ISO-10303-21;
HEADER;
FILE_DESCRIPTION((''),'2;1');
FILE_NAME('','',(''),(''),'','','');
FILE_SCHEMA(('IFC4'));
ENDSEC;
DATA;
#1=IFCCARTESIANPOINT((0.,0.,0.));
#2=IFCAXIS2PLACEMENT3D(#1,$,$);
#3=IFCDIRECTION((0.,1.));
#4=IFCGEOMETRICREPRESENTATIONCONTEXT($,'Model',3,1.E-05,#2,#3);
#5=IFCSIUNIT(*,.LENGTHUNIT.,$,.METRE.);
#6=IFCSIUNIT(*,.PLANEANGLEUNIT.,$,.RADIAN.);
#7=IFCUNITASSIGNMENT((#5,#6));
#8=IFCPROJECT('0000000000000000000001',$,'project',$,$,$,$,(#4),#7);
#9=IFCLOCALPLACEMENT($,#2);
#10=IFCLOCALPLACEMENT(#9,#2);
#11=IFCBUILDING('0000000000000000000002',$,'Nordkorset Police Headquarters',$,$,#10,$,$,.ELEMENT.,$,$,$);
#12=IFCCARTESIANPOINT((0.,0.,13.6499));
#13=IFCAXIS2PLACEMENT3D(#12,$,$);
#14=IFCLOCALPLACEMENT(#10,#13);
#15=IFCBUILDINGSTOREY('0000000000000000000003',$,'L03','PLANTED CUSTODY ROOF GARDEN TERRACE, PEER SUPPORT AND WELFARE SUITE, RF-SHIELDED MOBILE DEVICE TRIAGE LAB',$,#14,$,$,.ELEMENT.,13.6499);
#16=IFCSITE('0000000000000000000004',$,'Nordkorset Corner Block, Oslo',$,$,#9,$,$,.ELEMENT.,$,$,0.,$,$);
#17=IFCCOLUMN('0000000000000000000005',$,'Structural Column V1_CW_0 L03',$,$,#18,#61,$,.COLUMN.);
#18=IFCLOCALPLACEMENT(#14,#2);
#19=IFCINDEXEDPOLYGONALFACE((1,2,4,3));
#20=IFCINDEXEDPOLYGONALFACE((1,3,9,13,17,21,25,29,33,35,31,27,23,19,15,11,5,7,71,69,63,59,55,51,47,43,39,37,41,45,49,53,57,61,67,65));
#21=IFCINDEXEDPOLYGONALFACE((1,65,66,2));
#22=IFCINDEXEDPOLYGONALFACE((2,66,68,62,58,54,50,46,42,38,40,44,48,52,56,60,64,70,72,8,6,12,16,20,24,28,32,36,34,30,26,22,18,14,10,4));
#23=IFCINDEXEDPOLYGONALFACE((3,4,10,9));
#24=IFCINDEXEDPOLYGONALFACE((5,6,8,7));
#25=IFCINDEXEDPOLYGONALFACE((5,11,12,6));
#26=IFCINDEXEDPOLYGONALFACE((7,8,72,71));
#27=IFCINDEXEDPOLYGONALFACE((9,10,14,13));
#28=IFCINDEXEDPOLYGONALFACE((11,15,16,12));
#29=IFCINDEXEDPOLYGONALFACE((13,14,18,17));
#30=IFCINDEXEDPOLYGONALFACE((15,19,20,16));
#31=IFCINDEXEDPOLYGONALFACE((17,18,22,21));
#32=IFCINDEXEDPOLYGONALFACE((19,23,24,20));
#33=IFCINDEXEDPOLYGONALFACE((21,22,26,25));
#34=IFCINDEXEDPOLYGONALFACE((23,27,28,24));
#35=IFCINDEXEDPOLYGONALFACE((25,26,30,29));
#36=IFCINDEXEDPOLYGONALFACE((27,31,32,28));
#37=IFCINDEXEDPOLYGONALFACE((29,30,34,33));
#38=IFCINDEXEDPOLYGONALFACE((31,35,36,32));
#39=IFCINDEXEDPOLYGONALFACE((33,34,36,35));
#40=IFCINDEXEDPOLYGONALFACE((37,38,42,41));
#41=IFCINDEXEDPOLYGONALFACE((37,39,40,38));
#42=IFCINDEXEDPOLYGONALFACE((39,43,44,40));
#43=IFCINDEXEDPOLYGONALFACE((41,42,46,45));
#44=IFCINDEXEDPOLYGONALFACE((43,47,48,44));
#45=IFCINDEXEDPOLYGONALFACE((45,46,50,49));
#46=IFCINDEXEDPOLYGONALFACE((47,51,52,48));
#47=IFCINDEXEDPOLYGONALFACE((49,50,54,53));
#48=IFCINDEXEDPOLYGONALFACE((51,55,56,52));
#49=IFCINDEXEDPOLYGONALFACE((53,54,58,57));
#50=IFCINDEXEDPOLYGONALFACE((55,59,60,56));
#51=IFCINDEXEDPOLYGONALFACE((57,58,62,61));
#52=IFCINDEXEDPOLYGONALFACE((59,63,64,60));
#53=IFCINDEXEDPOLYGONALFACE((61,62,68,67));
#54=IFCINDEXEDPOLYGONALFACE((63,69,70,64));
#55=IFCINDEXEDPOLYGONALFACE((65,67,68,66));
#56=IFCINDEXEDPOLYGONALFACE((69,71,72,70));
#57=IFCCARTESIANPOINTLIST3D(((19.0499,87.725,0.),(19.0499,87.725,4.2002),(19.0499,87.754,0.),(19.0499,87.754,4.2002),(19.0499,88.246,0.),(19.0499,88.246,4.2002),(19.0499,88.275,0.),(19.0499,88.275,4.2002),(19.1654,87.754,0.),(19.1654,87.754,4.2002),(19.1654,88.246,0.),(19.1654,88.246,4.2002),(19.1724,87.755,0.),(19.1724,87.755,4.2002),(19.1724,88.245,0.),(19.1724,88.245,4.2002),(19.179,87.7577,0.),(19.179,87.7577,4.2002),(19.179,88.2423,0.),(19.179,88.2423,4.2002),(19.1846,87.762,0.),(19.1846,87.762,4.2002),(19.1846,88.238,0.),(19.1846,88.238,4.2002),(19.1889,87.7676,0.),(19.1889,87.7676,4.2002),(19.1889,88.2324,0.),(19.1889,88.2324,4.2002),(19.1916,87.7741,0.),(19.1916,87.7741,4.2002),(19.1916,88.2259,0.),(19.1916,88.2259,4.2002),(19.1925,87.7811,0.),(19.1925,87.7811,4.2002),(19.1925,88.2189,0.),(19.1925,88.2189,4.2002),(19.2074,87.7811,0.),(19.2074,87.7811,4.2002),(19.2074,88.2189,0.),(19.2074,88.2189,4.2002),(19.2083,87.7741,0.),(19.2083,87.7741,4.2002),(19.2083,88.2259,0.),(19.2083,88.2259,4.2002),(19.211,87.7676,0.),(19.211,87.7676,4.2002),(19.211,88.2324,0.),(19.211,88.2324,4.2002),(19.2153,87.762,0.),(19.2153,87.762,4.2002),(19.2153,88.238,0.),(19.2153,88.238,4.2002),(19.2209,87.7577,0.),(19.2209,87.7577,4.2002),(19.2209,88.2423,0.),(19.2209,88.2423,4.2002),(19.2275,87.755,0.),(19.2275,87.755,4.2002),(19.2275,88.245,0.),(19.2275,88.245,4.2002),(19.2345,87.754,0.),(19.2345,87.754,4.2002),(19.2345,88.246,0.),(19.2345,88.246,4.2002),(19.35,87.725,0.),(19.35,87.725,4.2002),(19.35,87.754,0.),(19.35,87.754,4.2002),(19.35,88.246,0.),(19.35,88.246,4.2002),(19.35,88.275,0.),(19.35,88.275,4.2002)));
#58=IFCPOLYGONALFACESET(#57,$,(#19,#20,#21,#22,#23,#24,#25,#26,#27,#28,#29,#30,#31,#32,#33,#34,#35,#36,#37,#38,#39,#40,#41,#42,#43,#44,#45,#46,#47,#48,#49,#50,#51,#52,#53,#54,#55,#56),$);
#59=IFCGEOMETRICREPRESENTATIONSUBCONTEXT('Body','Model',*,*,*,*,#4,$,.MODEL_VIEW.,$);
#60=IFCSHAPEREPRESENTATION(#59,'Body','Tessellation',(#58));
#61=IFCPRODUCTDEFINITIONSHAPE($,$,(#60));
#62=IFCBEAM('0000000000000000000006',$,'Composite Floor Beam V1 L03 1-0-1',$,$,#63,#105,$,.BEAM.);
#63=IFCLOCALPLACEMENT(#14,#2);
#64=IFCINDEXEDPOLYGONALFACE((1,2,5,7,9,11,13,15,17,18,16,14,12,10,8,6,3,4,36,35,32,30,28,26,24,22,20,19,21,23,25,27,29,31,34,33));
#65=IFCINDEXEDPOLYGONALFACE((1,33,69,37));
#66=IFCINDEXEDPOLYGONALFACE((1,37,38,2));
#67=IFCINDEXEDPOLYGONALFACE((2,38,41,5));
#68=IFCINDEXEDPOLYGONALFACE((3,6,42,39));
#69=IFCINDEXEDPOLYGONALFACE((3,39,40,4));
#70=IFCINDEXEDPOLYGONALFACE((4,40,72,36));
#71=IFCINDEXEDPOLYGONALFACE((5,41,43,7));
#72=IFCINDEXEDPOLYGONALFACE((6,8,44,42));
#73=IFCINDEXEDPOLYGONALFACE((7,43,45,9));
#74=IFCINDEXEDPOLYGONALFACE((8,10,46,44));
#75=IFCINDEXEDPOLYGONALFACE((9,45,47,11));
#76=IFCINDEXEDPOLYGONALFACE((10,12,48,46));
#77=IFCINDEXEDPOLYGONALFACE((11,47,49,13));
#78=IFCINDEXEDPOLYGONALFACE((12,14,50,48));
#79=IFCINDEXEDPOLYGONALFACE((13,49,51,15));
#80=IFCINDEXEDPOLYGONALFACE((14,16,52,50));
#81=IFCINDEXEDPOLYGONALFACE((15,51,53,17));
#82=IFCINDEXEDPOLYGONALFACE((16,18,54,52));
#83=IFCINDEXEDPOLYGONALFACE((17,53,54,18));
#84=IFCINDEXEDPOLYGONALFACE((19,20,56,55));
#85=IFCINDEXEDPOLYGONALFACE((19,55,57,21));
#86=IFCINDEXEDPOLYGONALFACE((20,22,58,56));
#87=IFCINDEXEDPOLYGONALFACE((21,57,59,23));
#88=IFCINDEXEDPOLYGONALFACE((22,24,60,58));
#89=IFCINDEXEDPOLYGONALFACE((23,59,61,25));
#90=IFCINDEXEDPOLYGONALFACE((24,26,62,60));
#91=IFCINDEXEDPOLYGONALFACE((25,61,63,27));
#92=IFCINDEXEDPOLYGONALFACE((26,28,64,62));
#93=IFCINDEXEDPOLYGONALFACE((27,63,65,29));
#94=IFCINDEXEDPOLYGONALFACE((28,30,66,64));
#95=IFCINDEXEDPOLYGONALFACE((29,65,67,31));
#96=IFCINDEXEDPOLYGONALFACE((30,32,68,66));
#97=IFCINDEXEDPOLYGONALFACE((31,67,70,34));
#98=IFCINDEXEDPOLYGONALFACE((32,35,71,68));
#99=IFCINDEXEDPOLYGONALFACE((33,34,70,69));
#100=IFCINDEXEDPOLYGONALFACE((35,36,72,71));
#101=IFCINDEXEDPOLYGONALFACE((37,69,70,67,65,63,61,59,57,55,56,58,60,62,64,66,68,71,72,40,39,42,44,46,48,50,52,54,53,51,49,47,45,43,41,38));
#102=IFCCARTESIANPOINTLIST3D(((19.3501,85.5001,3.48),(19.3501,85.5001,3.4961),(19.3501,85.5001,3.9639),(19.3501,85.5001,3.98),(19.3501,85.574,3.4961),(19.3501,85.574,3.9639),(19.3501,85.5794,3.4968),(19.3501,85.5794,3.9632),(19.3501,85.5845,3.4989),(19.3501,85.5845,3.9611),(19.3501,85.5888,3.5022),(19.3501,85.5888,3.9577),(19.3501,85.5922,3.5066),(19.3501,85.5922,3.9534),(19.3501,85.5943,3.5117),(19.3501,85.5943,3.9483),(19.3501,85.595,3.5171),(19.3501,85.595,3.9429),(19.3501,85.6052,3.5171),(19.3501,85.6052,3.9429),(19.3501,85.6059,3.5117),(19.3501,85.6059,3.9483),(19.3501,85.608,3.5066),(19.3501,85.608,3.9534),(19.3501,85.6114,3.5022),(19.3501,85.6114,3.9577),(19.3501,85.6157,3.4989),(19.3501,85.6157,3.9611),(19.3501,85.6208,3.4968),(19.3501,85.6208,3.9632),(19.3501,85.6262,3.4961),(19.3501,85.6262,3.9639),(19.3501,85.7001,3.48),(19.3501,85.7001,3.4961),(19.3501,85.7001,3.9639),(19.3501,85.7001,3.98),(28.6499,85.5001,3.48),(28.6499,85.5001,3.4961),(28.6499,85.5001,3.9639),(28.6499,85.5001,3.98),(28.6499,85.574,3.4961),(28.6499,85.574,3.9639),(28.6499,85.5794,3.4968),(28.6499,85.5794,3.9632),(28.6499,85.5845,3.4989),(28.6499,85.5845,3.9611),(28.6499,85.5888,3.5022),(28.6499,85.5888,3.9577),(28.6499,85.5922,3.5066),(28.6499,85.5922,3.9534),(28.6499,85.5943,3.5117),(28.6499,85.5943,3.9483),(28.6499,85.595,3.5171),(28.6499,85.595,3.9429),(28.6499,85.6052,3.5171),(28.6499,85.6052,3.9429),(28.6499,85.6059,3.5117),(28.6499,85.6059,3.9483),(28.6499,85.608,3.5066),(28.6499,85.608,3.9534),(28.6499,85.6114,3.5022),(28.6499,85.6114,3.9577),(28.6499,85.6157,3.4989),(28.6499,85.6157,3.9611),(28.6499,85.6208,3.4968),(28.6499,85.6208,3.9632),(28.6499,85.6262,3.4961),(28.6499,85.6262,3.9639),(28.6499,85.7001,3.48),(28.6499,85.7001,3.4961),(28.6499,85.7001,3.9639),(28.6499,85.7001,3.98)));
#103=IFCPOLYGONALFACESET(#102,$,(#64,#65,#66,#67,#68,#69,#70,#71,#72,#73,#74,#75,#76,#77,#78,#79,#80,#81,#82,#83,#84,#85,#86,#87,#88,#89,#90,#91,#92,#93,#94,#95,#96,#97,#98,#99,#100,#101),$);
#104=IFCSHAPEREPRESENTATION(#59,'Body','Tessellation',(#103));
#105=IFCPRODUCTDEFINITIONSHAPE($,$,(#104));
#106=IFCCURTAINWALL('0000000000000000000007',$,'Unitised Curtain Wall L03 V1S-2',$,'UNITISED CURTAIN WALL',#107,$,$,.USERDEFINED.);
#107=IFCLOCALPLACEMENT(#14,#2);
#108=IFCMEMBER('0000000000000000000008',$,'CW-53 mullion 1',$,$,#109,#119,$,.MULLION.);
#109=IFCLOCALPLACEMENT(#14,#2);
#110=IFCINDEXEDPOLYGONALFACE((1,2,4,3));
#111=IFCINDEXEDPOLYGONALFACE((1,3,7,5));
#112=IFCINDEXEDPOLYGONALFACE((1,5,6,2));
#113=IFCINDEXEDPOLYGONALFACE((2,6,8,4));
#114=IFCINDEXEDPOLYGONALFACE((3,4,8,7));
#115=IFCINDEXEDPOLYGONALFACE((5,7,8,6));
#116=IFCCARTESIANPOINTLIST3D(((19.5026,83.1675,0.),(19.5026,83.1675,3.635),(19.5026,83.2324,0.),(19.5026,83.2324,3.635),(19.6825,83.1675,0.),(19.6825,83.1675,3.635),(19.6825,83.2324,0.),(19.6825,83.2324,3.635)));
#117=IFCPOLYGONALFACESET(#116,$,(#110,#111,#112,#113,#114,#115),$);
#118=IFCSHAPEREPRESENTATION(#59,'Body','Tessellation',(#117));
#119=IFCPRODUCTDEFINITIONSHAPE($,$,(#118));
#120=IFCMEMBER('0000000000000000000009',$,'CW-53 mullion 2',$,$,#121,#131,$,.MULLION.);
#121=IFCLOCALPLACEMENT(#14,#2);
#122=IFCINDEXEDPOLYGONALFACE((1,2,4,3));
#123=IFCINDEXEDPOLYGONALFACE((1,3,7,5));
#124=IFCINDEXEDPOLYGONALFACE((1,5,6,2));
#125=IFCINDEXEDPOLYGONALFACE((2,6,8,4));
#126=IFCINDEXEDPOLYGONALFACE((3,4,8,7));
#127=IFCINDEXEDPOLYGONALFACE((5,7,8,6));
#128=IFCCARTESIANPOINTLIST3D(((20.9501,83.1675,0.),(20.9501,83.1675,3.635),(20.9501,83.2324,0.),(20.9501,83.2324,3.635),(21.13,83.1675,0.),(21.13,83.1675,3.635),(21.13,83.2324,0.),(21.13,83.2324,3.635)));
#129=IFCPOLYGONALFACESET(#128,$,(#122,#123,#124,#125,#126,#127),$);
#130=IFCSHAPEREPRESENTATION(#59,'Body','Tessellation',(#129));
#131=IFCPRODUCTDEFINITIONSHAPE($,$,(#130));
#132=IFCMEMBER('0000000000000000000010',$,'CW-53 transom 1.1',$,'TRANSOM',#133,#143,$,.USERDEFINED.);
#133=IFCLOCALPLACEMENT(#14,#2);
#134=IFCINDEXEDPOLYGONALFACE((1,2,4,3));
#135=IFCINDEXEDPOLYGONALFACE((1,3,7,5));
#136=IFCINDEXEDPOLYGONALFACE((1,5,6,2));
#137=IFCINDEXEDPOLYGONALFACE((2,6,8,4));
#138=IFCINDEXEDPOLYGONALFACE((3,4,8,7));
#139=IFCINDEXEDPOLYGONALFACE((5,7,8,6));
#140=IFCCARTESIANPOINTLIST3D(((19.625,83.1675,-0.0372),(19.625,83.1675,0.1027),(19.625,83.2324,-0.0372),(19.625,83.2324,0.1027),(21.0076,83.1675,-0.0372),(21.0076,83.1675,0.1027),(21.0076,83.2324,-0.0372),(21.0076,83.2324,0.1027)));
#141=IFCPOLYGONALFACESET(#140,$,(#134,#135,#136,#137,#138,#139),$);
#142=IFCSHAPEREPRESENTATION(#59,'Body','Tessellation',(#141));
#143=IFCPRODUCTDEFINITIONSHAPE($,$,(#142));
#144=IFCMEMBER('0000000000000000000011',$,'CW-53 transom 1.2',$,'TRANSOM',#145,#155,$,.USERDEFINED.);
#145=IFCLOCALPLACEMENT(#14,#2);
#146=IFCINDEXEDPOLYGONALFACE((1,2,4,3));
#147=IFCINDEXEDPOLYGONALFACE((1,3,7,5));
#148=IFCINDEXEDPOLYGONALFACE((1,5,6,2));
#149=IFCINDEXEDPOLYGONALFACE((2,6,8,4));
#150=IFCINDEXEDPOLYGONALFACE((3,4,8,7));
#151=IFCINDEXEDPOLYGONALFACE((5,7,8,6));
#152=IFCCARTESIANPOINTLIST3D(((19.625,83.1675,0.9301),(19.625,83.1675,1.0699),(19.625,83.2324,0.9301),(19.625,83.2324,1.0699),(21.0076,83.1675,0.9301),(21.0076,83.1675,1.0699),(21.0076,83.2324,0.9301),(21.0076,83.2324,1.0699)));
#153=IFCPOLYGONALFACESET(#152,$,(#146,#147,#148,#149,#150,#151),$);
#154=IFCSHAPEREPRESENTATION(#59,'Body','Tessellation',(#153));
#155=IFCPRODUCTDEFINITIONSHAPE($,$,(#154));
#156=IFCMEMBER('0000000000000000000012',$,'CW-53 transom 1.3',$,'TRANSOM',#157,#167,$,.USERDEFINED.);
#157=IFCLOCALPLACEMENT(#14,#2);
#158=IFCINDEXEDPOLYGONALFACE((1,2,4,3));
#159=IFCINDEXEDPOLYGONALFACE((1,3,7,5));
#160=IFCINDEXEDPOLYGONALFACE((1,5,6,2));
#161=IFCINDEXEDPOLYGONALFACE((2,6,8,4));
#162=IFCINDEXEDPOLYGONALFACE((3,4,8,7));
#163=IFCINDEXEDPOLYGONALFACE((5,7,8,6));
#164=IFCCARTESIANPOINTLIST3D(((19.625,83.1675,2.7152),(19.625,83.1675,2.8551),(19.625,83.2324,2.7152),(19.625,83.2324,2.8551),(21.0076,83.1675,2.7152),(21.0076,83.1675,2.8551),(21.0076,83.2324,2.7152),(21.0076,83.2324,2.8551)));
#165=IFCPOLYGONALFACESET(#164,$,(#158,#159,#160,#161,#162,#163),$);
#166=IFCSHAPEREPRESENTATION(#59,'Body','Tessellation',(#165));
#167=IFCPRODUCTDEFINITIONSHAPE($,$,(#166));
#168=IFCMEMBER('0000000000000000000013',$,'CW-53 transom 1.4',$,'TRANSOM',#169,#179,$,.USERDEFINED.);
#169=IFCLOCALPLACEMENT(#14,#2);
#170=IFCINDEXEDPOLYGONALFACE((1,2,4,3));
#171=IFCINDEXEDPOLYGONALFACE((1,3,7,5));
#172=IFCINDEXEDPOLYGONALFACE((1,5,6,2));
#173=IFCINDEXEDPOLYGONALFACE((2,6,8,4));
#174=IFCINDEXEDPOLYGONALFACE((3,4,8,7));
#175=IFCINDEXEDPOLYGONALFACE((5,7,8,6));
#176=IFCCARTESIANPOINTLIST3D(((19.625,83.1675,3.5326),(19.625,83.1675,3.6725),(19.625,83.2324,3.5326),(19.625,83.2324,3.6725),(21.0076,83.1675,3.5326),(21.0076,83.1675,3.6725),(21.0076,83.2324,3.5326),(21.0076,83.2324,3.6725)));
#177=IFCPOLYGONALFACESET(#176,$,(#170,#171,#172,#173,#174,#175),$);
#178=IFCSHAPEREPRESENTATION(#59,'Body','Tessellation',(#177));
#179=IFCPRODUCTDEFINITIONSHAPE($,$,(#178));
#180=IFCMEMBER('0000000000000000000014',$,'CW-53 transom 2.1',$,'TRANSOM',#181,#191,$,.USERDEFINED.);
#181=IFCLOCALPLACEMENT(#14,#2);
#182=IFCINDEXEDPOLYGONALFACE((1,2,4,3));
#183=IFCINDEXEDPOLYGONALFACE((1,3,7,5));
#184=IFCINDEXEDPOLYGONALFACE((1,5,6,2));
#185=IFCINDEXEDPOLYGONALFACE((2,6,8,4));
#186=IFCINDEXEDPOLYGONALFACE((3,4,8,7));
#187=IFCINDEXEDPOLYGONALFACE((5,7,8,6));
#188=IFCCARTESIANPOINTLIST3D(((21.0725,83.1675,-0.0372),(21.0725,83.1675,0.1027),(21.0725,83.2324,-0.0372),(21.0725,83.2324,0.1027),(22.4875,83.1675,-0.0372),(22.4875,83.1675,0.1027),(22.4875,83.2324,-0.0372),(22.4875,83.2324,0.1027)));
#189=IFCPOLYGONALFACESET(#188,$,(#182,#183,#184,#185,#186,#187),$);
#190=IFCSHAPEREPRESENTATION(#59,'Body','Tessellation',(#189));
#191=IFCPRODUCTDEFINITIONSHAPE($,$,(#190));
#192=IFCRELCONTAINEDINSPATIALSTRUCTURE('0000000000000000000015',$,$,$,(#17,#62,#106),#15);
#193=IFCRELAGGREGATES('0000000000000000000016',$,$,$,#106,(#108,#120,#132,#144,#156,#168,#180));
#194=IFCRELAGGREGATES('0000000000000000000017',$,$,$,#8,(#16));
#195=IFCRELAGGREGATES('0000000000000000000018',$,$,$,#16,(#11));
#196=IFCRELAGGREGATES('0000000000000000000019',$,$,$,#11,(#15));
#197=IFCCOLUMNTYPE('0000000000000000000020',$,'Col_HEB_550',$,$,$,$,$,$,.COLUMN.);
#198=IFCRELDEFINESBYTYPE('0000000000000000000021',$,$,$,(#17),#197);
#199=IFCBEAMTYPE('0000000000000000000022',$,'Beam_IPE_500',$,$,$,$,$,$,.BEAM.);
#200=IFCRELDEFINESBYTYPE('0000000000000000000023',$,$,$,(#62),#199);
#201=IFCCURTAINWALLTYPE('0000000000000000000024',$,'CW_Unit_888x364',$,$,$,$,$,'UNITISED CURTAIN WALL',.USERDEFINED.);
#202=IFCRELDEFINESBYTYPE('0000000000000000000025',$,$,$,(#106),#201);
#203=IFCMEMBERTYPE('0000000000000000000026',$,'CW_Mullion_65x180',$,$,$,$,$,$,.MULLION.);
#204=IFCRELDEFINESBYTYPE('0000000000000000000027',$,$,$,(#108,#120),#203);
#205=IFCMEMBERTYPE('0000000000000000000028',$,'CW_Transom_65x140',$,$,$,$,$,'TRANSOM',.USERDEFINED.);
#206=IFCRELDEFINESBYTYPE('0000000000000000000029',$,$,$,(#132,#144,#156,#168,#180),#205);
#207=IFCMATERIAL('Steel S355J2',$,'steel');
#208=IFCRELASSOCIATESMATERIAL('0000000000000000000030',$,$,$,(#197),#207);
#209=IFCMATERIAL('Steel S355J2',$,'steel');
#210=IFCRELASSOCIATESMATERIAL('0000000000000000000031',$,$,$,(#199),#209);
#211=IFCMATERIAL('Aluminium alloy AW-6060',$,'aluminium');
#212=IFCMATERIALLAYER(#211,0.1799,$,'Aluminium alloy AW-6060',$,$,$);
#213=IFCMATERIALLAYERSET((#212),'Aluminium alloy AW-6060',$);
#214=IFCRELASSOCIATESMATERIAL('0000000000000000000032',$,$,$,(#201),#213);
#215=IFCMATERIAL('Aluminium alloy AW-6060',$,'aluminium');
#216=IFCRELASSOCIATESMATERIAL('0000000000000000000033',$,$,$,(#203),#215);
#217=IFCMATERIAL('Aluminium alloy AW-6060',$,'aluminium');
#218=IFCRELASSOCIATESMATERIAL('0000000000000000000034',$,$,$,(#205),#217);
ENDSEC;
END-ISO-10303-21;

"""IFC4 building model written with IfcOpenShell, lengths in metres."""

from ifc_helpers import new_model, si_unit, direction, frame, origin, origin_2d, place, context, subcontext, project, spatial, rectangle, i_section, extrude, material, layer, layer_set, material_profile, profile_set, type_object, element, aggregate, save


model = new_model("IFC4")

# Units and contexts
model_context = context("Model", 3, precision=1e-05, world=origin(), true_north=direction((0.0, 1.0)))
body_context = subcontext(model_context, "Body", "Model", "MODEL_VIEW")
ifc_project = project(units=[si_unit("LENGTHUNIT", "METRE"), si_unit("PLANEANGLEUNIT", "RADIAN")], contexts=[model_context])

# Site, building, storey
site_placement = place(None, origin())
site = spatial("IfcSite", under=ifc_project, at=site_placement, Name="Nordkorset Corner Block, Oslo", CompositionType="ELEMENT", RefElevation=0.0)
building_placement = place(site_placement, origin())
building = spatial("IfcBuilding", under=site, at=building_placement, Name="Nordkorset Police Headquarters", CompositionType="ELEMENT")
storey_placement = place(building_placement, frame((0.0, 0.0, 13.6499)))
storey = spatial("IfcBuildingStorey", under=building, at=storey_placement, Name="L03", Description="PLANTED CUSTODY ROOF GARDEN TERRACE, PEER SUPPORT AND WELFARE SUITE, RF-SHIELDED MOBILE DEVICE TRIAGE LAB", CompositionType="ELEMENT", Elevation=13.6499)

# Column
ifc_material_1 = material(Name="Steel S355J2", Category="steel")
ifc_material_profile_1 = material_profile(ifc_material_1, i_section(OverallWidth=0.3, OverallDepth=0.55, WebThickness=0.0149, FlangeThickness=0.0291, FilletRadius=0.0271, at=origin_2d()), Name="HEB 550")
ifc_profile_set_1 = profile_set([ifc_material_profile_1], Name="Steel S355J2")
column_type = type_object("IfcColumnType", Name="Col_HEB_550", PredefinedType="COLUMN", material=ifc_profile_set_1)
column_placement = place(storey_placement, frame((19.2, 88.0, 0.0), z_axis=(0.0, 0.0, 1.0), x_axis=(1.0, 0.0, 0.0)))
element("IfcColumn", 1, at=column_placement, inside=storey, type_object=column_type, Name="Structural Column V1_CW_0 L03", PredefinedType="COLUMN", context=body_context, shape_type="SweptSolid", body=[
    extrude(i_section(OverallWidth=0.3, OverallDepth=0.55, WebThickness=0.0149, FlangeThickness=0.0291, FilletRadius=0.0271, at=origin_2d()), origin(), (0.0, 0.0, 1.0), 4.2002),
])

# Beam
ifc_material_2 = material(Name="Steel S355J2", Category="steel")
ifc_material_profile_2 = material_profile(ifc_material_2, i_section(OverallWidth=0.2, OverallDepth=0.5, WebThickness=0.0103, FlangeThickness=0.0161, FilletRadius=0.021, at=origin_2d()), Name="IPE 500")
ifc_profile_set_2 = profile_set([ifc_material_profile_2], Name="Steel S355J2")
beam_type_1 = type_object("IfcBeamType", Name="Beam_IPE_500", PredefinedType="BEAM", material=ifc_profile_set_2)
beam_1_placement = place(storey_placement, frame((19.3501, 85.6001, 3.73), z_axis=(1.0, 0.0, 0.0), x_axis=(0.0, 1.0, 0.0)))
element("IfcBeam", 2, at=beam_1_placement, inside=storey, type_object=beam_type_1, Name="Composite Floor Beam V1 L03 1-0-1", PredefinedType="BEAM", context=body_context, shape_type="SweptSolid", body=[
    extrude(i_section(OverallWidth=0.2, OverallDepth=0.5, WebThickness=0.0103, FlangeThickness=0.0161, FilletRadius=0.021, at=origin_2d()), origin(), (0.0, 0.0, 1.0), 9.2998),
])

# Curtain wall, members
ifc_material_3 = material(Name="Aluminium alloy AW-6060", Category="aluminium")
ifc_layer_1 = layer(ifc_material_3, 0.1799, Name="Aluminium alloy AW-6060")
ifc_layer_set_1 = layer_set([ifc_layer_1], Name="Aluminium alloy AW-6060")
curtain_wall_type = type_object("IfcCurtainWallType", Name="CW_Unit_888x364", ElementType="UNITISED CURTAIN WALL", PredefinedType="USERDEFINED", material=ifc_layer_set_1)
curtain_wall_placement = place(storey_placement, origin())
curtain_wall = element("IfcCurtainWall", 3, at=curtain_wall_placement, inside=storey, type_object=curtain_wall_type, Name="Unitised Curtain Wall L03 V1S-2", ObjectType="UNITISED CURTAIN WALL", PredefinedType="USERDEFINED")
ifc_material_4 = material(Name="Aluminium alloy AW-6060", Category="aluminium")
ifc_material_profile_3 = material_profile(ifc_material_4, rectangle(XDim=0.0649, YDim=0.1799, at=origin_2d()), Name="ALU MULL 65x180")
ifc_profile_set_3 = profile_set([ifc_material_profile_3], Name="Aluminium alloy AW-6060")
member_type_1 = type_object("IfcMemberType", Name="CW_Mullion_65x180", PredefinedType="MULLION", material=ifc_profile_set_3)
member_1_placement = place(storey_placement, frame((19.5925, 83.2, 0.0), z_axis=(0.0, 0.0, 1.0), x_axis=(0.0, 1.0, 0.0)))
member_1 = element("IfcMember", 4, at=member_1_placement, type_object=member_type_1, Name="CW-53 mullion 1", PredefinedType="MULLION", context=body_context, shape_type="SweptSolid", body=[
    extrude(rectangle(XDim=0.0649, YDim=0.1799, at=origin_2d()), origin(), (0.0, 0.0, 1.0), 3.635),
])
member_2_placement = place(storey_placement, frame((21.04, 83.2, 0.0), z_axis=(0.0, 0.0, 1.0), x_axis=(0.0, 1.0, 0.0)))
member_2 = element("IfcMember", 5, at=member_2_placement, type_object=member_type_1, Name="CW-53 mullion 2", PredefinedType="MULLION", context=body_context, shape_type="SweptSolid", body=[
    extrude(rectangle(XDim=0.0649, YDim=0.1799, at=origin_2d()), origin(), (0.0, 0.0, 1.0), 3.635),
])
ifc_material_5 = material(Name="Aluminium alloy AW-6060", Category="aluminium")
ifc_material_profile_4 = material_profile(ifc_material_5, rectangle(XDim=0.0649, YDim=0.1399, at=origin_2d()), Name="ALU TRAN 65x140")
ifc_profile_set_4 = profile_set([ifc_material_profile_4], Name="Aluminium alloy AW-6060")
member_type_2 = type_object("IfcMemberType", Name="CW_Transom_65x140", ElementType="TRANSOM", PredefinedType="USERDEFINED", material=ifc_profile_set_4)
member_3_placement = place(storey_placement, frame((19.625, 83.2, 0.0327), z_axis=(1.0, 0.0, 0.0), x_axis=(0.0, 1.0, 0.0)))
member_3 = element("IfcMember", 6, at=member_3_placement, type_object=member_type_2, Name="CW-53 transom 1.1", ObjectType="TRANSOM", PredefinedType="USERDEFINED", context=body_context, shape_type="SweptSolid", body=[
    extrude(rectangle(XDim=0.0649, YDim=0.1399, at=origin_2d()), origin(), (0.0, 0.0, 1.0), 1.3826),
])
member_4_placement = place(storey_placement, frame((19.625, 83.2, 1.0), z_axis=(1.0, 0.0, 0.0), x_axis=(0.0, 1.0, 0.0)))
member_4 = element("IfcMember", 7, at=member_4_placement, type_object=member_type_2, Name="CW-53 transom 1.2", ObjectType="TRANSOM", PredefinedType="USERDEFINED", context=body_context, shape_type="SweptSolid", body=[
    extrude(rectangle(XDim=0.0649, YDim=0.1399, at=origin_2d()), origin(), (0.0, 0.0, 1.0), 1.3826),
])
member_5_placement = place(storey_placement, frame((19.625, 83.2, 2.7852), z_axis=(1.0, 0.0, 0.0), x_axis=(0.0, 1.0, 0.0)))
member_5 = element("IfcMember", 8, at=member_5_placement, type_object=member_type_2, Name="CW-53 transom 1.3", ObjectType="TRANSOM", PredefinedType="USERDEFINED", context=body_context, shape_type="SweptSolid", body=[
    extrude(rectangle(XDim=0.0649, YDim=0.1399, at=origin_2d()), origin(), (0.0, 0.0, 1.0), 1.3826),
])
member_6_placement = place(storey_placement, frame((19.625, 83.2, 3.6025), z_axis=(1.0, 0.0, 0.0), x_axis=(0.0, 1.0, 0.0)))
member_6 = element("IfcMember", 9, at=member_6_placement, type_object=member_type_2, Name="CW-53 transom 1.4", ObjectType="TRANSOM", PredefinedType="USERDEFINED", context=body_context, shape_type="SweptSolid", body=[
    extrude(rectangle(XDim=0.0649, YDim=0.1399, at=origin_2d()), origin(), (0.0, 0.0, 1.0), 1.3826),
])
member_7_placement = place(storey_placement, frame((21.0725, 83.2, 0.0327), z_axis=(1.0, 0.0, 0.0), x_axis=(0.0, 1.0, 0.0)))
member_7 = element("IfcMember", 10, at=member_7_placement, type_object=member_type_2, Name="CW-53 transom 2.1", ObjectType="TRANSOM", PredefinedType="USERDEFINED", context=body_context, shape_type="SweptSolid", body=[
    extrude(rectangle(XDim=0.0649, YDim=0.1399, at=origin_2d()), origin(), (0.0, 0.0, 1.0), 1.415),
])

aggregate(curtain_wall, [member_1, member_2, member_3, member_4, member_5, member_6, member_7])

save(model, "model.ifc")
